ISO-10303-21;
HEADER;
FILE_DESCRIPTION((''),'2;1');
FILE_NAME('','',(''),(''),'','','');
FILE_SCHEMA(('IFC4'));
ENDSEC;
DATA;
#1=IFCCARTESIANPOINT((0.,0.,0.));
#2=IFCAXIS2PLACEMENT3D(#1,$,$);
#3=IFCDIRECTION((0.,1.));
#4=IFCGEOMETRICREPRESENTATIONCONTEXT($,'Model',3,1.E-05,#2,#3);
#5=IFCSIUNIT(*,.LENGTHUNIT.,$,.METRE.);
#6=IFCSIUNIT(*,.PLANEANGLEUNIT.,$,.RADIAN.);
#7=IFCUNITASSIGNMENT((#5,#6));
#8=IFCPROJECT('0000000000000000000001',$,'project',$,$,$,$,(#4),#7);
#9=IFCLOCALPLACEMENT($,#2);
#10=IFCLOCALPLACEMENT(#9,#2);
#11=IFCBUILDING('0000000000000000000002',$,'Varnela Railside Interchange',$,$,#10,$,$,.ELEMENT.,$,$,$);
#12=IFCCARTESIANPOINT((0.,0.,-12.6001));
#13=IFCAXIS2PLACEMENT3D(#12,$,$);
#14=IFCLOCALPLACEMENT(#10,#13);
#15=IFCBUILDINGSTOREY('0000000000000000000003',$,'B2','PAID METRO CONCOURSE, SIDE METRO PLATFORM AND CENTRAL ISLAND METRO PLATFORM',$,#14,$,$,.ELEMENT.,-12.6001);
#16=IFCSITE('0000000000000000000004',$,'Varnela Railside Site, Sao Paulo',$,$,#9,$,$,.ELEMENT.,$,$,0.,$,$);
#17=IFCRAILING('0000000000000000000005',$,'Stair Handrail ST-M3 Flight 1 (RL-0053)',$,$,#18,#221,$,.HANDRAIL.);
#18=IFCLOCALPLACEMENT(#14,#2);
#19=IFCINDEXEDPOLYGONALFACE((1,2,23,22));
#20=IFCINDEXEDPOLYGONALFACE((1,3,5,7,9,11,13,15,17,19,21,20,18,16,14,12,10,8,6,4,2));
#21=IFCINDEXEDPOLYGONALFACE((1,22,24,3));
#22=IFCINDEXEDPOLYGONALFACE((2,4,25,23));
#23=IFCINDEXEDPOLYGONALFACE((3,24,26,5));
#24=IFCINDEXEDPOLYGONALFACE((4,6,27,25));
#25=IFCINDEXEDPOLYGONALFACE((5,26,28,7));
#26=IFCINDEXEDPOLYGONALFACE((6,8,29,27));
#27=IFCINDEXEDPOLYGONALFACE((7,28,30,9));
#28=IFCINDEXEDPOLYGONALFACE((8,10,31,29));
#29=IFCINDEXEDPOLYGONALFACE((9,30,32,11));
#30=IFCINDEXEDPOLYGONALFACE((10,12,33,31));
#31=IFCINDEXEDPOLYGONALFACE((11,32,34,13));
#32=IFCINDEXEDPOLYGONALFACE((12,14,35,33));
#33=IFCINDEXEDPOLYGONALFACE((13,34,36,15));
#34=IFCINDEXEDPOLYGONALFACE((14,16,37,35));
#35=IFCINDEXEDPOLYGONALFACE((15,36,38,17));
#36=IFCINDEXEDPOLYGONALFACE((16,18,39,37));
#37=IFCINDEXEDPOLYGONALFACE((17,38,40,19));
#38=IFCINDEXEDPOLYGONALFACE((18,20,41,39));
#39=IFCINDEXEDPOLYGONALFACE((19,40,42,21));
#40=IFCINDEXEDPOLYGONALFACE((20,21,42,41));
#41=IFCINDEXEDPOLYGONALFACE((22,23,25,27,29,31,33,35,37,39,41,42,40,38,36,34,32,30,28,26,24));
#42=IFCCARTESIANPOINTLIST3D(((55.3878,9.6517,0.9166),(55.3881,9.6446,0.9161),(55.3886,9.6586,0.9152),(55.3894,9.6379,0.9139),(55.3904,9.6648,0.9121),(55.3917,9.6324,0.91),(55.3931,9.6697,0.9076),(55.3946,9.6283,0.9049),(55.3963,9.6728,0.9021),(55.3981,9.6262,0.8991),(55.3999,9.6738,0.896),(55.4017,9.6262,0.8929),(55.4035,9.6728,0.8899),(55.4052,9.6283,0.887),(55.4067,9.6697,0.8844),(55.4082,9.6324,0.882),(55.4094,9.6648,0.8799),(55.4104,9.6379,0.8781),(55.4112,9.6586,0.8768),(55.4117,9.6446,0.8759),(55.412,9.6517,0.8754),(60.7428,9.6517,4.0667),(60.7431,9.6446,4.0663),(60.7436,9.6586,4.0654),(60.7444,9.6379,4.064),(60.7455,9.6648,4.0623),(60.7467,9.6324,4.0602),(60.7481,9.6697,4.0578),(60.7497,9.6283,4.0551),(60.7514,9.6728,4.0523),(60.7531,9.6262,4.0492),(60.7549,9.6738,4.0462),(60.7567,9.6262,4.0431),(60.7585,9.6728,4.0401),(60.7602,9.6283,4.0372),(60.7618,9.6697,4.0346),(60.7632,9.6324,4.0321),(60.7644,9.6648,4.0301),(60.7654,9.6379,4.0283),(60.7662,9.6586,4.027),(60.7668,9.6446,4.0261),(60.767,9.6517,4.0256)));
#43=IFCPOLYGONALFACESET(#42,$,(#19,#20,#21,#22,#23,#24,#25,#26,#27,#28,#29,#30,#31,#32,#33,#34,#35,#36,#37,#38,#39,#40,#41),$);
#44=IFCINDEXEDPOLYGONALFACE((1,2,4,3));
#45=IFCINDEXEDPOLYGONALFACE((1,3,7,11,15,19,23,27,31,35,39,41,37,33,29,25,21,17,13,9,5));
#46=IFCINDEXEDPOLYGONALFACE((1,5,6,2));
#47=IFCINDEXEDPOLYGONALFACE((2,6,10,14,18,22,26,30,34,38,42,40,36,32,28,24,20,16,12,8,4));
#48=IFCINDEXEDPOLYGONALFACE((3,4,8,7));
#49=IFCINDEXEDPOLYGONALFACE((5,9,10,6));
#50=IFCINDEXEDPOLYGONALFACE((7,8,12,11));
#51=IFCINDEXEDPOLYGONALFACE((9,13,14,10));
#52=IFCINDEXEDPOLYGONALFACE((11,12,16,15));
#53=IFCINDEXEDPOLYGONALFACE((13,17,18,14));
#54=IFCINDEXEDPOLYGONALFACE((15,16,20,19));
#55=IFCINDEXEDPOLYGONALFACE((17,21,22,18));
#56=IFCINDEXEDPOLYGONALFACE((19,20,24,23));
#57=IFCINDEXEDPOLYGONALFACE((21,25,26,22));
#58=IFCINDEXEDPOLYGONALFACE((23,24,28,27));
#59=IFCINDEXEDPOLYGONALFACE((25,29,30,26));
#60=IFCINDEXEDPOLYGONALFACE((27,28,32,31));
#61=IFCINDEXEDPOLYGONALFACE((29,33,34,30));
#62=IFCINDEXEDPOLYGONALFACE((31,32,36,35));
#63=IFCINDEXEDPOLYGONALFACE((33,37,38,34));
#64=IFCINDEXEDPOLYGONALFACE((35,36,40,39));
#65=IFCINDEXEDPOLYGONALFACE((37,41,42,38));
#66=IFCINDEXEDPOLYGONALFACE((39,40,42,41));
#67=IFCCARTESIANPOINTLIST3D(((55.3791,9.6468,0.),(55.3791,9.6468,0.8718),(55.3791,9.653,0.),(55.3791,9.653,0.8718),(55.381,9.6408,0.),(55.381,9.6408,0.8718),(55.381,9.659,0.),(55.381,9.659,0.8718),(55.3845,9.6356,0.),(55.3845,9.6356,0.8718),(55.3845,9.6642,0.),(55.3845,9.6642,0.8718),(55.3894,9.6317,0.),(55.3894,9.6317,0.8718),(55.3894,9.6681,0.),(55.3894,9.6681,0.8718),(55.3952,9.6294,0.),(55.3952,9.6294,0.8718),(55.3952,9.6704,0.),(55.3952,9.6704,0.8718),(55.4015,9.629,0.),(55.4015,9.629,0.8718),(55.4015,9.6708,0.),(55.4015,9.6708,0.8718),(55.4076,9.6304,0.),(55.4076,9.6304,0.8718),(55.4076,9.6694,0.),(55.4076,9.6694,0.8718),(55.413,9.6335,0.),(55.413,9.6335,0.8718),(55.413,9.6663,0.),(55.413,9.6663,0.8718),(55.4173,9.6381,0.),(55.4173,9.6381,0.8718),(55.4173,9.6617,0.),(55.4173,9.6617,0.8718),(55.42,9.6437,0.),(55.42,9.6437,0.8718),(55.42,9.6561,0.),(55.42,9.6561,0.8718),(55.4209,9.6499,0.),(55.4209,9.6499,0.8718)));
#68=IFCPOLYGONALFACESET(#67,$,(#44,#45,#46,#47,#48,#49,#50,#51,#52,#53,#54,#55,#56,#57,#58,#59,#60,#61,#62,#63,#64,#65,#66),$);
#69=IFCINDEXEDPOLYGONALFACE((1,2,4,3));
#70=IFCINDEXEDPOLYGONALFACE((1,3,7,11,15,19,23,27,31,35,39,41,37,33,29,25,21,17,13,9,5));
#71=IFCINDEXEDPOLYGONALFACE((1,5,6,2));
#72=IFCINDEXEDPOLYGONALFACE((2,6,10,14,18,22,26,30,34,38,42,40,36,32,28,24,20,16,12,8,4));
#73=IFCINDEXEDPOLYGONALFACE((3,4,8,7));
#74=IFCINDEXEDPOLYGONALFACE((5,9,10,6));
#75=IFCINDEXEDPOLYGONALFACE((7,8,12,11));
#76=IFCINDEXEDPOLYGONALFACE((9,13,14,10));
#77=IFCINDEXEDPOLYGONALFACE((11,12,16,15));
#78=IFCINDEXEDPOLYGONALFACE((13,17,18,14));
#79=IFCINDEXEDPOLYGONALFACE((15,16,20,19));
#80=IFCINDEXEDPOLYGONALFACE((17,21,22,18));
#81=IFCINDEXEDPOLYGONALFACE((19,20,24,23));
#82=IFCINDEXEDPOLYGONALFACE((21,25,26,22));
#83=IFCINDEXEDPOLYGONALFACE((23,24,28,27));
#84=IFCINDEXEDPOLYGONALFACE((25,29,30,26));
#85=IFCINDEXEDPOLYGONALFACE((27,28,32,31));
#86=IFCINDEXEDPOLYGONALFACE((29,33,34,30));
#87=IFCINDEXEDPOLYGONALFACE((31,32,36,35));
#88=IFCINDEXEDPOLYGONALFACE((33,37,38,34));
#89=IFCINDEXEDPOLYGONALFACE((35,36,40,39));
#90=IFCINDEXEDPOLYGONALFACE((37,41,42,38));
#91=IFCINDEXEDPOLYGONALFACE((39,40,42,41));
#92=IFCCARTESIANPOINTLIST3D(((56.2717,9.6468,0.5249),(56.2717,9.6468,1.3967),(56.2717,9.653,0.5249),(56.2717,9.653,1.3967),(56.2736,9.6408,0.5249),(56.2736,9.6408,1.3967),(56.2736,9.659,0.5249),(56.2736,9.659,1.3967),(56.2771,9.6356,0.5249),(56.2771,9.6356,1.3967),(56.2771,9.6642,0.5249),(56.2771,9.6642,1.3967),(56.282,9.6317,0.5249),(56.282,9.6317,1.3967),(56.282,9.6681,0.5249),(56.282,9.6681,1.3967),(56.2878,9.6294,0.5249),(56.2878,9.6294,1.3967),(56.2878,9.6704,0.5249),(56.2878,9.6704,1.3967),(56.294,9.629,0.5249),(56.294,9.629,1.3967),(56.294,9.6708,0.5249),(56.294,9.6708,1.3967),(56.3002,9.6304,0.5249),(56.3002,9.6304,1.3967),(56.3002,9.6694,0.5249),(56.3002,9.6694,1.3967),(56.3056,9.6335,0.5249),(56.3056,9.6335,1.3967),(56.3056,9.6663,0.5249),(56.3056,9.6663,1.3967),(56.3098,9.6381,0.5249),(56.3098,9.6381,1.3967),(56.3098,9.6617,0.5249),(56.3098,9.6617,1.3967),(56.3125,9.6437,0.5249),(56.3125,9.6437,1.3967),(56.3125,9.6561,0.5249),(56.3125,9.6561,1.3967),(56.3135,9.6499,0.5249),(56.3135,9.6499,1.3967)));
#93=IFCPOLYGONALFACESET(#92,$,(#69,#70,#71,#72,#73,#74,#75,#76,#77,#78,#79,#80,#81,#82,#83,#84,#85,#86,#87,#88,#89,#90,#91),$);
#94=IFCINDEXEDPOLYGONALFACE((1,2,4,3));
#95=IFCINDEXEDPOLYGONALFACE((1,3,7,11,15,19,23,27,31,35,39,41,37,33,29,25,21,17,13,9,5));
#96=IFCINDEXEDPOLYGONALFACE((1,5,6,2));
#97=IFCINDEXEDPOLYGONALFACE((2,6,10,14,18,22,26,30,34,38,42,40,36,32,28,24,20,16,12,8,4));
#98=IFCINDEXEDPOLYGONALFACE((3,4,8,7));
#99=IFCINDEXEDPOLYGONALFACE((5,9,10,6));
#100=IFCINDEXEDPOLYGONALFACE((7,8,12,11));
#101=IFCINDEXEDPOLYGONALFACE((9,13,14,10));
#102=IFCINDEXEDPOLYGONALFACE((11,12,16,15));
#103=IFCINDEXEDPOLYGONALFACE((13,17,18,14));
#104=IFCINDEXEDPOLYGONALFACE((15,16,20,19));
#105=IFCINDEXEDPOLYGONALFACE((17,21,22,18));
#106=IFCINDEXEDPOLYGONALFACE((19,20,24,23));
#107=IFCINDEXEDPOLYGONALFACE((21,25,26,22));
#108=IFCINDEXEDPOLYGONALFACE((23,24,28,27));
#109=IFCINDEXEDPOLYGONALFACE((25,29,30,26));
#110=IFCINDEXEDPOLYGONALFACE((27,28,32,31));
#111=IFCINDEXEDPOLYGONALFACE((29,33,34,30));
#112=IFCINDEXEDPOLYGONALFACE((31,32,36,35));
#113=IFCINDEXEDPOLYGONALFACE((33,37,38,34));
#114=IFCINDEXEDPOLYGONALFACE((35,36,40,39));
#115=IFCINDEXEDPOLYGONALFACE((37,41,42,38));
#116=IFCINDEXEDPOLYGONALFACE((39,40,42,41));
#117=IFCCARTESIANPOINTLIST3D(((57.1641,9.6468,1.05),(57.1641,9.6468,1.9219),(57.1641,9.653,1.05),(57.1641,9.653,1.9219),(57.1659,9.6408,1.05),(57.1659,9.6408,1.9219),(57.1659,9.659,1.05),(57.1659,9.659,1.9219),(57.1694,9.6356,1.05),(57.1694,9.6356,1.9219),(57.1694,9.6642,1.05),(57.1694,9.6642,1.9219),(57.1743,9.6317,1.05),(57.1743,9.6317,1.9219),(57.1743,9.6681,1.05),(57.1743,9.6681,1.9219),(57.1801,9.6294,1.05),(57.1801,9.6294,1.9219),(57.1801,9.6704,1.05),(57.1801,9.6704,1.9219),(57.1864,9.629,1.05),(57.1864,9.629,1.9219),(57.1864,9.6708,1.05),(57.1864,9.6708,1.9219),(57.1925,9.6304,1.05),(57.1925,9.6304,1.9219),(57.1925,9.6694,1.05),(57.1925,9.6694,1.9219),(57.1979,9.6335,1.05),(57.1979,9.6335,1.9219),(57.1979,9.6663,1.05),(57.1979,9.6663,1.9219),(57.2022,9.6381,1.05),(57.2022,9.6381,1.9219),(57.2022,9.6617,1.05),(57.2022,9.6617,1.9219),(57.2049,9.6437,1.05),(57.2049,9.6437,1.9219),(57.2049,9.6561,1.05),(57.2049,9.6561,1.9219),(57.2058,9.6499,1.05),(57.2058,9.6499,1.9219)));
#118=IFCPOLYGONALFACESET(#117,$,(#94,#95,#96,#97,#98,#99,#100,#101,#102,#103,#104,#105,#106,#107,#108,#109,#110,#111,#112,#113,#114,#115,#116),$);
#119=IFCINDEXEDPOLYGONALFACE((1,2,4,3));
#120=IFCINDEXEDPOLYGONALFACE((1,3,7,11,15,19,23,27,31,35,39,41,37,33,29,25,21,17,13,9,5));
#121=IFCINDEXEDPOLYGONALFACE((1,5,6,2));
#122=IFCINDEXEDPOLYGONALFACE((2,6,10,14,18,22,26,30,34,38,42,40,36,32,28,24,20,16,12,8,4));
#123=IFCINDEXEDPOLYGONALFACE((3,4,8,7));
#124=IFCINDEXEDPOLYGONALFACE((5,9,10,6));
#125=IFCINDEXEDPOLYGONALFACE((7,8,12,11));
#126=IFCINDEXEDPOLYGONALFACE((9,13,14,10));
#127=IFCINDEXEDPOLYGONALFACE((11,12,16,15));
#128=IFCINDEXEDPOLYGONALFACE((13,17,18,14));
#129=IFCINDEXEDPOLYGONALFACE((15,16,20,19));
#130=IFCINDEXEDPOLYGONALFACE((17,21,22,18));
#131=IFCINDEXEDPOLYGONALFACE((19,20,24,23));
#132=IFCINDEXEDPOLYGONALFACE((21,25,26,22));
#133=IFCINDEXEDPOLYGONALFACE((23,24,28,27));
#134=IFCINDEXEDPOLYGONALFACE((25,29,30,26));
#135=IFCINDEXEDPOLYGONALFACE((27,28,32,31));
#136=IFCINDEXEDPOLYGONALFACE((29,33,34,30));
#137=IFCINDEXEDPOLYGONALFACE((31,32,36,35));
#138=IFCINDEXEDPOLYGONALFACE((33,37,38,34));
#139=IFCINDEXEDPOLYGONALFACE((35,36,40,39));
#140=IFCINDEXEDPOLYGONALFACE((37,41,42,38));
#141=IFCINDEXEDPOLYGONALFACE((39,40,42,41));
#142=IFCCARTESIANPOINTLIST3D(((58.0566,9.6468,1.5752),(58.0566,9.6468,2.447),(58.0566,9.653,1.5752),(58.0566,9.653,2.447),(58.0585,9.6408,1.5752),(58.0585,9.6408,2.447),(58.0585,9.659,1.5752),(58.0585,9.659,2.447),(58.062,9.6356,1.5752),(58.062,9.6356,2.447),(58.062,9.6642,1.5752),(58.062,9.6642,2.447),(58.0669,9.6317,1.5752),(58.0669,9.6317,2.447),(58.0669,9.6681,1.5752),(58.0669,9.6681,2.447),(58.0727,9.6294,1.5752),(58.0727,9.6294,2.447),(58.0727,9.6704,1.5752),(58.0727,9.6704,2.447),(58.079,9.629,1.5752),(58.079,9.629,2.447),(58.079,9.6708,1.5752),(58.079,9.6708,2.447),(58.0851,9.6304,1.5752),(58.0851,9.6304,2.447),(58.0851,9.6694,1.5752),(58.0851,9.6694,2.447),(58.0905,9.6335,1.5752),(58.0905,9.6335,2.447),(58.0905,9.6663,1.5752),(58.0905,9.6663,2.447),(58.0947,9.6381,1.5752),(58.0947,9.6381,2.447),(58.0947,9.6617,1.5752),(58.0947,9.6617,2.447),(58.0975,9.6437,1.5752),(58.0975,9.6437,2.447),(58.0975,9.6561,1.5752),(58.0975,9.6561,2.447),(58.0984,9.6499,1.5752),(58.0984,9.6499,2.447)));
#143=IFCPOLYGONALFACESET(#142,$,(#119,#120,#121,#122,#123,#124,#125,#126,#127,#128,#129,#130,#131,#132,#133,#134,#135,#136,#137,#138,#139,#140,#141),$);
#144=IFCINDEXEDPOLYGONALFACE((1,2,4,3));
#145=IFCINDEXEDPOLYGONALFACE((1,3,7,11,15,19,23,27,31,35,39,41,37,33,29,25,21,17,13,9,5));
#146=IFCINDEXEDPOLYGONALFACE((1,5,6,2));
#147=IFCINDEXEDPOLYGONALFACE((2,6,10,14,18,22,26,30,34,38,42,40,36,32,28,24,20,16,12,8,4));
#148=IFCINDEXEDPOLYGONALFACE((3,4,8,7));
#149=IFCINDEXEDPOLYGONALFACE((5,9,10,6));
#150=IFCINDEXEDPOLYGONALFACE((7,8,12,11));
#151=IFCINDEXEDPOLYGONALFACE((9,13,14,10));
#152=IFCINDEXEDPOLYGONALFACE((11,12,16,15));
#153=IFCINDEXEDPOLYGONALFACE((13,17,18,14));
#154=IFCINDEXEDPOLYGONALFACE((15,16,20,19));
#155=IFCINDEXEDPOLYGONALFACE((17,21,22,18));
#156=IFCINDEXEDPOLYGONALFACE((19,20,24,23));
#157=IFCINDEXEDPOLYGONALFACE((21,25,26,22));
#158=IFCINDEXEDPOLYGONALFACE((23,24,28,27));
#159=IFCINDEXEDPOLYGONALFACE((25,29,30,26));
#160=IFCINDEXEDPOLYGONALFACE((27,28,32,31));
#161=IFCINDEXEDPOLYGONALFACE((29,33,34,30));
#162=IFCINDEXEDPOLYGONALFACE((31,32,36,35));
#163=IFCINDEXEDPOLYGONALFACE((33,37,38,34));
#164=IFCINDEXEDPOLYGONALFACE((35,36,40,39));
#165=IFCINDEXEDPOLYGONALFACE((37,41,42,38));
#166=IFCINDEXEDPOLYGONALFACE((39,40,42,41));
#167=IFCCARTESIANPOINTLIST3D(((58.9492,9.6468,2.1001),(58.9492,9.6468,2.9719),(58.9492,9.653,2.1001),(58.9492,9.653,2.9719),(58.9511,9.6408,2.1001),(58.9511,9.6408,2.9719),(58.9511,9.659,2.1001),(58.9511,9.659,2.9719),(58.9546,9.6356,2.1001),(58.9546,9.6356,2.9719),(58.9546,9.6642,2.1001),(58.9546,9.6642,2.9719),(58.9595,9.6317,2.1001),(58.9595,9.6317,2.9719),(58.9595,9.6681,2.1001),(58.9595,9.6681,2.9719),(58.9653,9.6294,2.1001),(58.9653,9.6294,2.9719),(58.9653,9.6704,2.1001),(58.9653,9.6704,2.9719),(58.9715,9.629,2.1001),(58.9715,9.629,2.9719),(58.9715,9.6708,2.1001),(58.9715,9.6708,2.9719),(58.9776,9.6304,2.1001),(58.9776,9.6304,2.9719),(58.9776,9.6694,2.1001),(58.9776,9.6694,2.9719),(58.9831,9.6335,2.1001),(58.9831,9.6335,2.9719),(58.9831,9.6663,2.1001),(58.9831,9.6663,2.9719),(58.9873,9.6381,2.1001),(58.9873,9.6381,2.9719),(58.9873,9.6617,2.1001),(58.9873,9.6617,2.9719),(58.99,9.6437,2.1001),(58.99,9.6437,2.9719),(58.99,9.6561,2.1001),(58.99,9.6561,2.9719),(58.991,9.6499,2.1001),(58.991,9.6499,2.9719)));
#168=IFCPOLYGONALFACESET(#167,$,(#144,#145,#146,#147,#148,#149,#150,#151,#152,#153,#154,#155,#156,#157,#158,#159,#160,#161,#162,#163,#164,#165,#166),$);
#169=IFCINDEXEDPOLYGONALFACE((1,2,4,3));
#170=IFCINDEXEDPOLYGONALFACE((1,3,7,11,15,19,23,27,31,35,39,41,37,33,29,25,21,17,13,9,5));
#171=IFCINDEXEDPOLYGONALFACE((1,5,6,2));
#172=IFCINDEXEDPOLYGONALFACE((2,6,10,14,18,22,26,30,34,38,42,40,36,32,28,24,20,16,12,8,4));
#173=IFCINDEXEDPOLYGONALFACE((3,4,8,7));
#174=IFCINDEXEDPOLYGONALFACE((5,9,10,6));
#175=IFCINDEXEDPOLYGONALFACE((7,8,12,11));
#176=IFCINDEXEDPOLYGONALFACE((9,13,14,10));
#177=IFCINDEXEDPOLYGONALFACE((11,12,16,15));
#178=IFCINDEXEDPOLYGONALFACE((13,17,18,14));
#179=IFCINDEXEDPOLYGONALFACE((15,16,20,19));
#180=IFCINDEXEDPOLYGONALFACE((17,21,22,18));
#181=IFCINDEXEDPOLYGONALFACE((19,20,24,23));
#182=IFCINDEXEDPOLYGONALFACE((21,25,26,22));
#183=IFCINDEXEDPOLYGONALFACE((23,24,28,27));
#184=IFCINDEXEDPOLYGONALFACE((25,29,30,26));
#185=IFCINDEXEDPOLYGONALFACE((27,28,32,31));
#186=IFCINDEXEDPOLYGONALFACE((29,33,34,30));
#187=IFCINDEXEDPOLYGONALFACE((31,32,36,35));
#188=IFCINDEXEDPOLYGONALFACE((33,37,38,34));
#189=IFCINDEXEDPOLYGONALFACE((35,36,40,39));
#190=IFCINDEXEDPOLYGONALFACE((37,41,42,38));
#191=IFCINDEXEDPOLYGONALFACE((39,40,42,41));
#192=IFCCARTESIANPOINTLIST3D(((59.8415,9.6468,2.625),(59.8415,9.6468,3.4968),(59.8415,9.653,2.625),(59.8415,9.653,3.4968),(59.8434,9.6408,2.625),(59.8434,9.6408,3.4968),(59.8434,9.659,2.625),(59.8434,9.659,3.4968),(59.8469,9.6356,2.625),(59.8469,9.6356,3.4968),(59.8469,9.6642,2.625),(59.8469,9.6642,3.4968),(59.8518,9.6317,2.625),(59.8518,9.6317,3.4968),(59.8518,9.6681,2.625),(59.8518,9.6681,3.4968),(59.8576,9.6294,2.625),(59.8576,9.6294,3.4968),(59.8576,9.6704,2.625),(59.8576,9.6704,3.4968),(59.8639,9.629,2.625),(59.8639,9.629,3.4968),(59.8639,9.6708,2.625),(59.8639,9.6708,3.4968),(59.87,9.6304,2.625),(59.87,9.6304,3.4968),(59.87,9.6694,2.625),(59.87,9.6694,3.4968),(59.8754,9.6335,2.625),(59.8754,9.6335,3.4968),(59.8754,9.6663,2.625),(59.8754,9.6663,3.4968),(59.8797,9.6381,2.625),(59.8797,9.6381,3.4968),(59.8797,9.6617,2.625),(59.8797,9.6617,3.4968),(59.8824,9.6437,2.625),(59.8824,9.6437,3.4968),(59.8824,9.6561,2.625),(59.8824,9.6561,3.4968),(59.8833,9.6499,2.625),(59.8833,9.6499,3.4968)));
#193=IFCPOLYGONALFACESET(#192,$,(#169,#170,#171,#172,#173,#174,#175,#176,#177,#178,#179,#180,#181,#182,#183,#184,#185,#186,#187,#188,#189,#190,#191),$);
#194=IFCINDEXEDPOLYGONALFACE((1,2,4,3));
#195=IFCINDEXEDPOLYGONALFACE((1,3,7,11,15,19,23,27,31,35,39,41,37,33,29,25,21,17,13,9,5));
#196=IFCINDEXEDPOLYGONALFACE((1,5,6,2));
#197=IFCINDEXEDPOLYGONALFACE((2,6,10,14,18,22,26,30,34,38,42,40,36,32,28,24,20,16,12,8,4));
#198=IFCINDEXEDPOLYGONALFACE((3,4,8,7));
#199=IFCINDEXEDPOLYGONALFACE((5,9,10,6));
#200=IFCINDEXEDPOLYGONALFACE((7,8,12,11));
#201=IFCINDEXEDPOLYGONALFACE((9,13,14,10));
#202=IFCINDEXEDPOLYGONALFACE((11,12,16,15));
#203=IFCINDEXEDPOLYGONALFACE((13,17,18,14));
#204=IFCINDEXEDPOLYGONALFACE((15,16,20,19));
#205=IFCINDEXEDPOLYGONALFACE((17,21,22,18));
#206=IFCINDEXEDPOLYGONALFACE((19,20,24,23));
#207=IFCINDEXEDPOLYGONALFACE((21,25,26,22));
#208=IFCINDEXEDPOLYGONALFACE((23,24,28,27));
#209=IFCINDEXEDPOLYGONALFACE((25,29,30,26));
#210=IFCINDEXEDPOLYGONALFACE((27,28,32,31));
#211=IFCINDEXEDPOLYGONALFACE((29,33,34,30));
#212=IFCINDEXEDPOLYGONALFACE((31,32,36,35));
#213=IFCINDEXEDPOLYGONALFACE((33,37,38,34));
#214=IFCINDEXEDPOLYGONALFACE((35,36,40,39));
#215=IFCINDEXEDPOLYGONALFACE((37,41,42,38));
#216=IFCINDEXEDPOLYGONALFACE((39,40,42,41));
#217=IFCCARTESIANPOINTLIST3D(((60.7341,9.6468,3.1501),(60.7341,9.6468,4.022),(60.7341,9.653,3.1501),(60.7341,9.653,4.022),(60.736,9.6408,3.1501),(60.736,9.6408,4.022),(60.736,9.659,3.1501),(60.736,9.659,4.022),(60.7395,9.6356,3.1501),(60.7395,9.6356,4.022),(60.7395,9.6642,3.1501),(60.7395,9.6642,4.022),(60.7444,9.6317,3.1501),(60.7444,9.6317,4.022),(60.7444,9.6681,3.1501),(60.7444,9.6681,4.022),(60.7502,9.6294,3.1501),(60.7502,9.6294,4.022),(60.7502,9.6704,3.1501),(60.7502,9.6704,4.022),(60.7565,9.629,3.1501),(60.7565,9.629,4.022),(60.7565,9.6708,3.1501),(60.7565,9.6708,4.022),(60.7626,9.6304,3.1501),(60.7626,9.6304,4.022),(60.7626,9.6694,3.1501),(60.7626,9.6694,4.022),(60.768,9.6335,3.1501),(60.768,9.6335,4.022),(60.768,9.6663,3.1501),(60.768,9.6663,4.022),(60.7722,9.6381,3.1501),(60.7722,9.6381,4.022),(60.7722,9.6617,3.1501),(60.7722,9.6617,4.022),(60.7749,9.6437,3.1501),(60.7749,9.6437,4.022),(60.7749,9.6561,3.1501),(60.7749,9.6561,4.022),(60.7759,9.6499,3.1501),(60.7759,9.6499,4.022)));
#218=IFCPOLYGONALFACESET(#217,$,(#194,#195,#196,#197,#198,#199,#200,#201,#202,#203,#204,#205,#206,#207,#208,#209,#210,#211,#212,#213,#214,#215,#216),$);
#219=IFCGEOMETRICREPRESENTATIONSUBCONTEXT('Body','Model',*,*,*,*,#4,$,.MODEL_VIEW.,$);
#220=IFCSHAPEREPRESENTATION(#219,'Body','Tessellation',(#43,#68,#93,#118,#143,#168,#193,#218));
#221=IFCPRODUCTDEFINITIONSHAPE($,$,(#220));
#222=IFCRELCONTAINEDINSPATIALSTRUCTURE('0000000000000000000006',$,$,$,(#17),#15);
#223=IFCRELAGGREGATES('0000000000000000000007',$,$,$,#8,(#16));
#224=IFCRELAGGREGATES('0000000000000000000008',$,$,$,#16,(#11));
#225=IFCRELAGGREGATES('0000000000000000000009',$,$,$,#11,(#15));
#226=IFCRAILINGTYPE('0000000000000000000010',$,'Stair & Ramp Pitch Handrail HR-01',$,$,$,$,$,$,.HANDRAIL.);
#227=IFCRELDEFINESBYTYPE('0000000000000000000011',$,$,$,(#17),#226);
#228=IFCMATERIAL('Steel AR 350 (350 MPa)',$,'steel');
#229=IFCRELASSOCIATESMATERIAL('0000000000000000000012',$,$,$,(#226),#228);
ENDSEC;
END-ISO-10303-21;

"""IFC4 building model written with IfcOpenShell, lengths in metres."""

from ifc_helpers import new_model, si_unit, direction, frame, origin, origin_2d, place, context, subcontext, project, spatial, circle, extrude, material, type_object, element, save


model = new_model("IFC4")

# Units and contexts
model_context = context("Model", 3, precision=1e-05, world=origin(), true_north=direction((0.0, 1.0)))
body_context = subcontext(model_context, "Body", "Model", "MODEL_VIEW")
ifc_project = project(units=[si_unit("LENGTHUNIT", "METRE"), si_unit("PLANEANGLEUNIT", "RADIAN")], contexts=[model_context])

# Site, building, storey
site_placement = place(None, origin())
site = spatial("IfcSite", under=ifc_project, at=site_placement, Name="Varnela Railside Site, Sao Paulo", CompositionType="ELEMENT", RefElevation=0.0)
building_placement = place(site_placement, origin())
building = spatial("IfcBuilding", under=site, at=building_placement, Name="Varnela Railside Interchange", CompositionType="ELEMENT")
storey_placement = place(building_placement, frame((0.0, 0.0, -12.6001)))
storey = spatial("IfcBuildingStorey", under=building, at=storey_placement, Name="B2", Description="PAID METRO CONCOURSE, SIDE METRO PLATFORM AND CENTRAL ISLAND METRO PLATFORM", CompositionType="ELEMENT", Elevation=-12.6001)

# Shared definitions
ifc_material_1 = material(Name="Steel AR 350 (350 MPa)", Category="steel")

# Railing
railing_type_1 = type_object("IfcRailingType", Name="Stair & Ramp Pitch Handrail HR-01", PredefinedType="HANDRAIL", material=ifc_material_1)
railing_1_placement = place(storey_placement, frame((55.3999, 9.6499, 0.0)))
element("IfcRailing", 1, at=railing_1_placement, inside=storey, type_object=railing_type_1, Name="Stair Handrail ST-M3 Flight 1 (RL-0053)", PredefinedType="HANDRAIL", context=body_context, shape_type="SweptSolid", body=[
    extrude(circle(Radius=0.0239, at=origin_2d()), frame((0.0, 0.0, 0.896), z_axis=(0.861923, 0.0, 0.507039), x_axis=(0.0, 1.0, 0.0)), (0.0, 0.0, 1.0), 6.2129),
    extrude(circle(Radius=0.021, at=origin_2d()), origin(), (0.0, 0.0, 1.0), 0.8718),
    extrude(circle(Radius=0.021, at=origin_2d()), frame((0.8926, 0.0, 0.5249)), (0.0, 0.0, 1.0), 0.8718),
    extrude(circle(Radius=0.021, at=origin_2d()), frame((1.7849, 0.0, 1.05)), (0.0, 0.0, 1.0), 0.8718),
    extrude(circle(Radius=0.021, at=origin_2d()), frame((2.6775, 0.0, 1.5752)), (0.0, 0.0, 1.0), 0.8718),
    extrude(circle(Radius=0.021, at=origin_2d()), frame((3.5701, 0.0, 2.1001)), (0.0, 0.0, 1.0), 0.8718),
    extrude(circle(Radius=0.021, at=origin_2d()), frame((4.4624, 0.0, 2.625)), (0.0, 0.0, 1.0), 0.8718),
    extrude(circle(Radius=0.021, at=origin_2d()), frame((5.355, 0.0, 3.1501)), (0.0, 0.0, 1.0), 0.8718),
])

save(model, "model.ifc")
